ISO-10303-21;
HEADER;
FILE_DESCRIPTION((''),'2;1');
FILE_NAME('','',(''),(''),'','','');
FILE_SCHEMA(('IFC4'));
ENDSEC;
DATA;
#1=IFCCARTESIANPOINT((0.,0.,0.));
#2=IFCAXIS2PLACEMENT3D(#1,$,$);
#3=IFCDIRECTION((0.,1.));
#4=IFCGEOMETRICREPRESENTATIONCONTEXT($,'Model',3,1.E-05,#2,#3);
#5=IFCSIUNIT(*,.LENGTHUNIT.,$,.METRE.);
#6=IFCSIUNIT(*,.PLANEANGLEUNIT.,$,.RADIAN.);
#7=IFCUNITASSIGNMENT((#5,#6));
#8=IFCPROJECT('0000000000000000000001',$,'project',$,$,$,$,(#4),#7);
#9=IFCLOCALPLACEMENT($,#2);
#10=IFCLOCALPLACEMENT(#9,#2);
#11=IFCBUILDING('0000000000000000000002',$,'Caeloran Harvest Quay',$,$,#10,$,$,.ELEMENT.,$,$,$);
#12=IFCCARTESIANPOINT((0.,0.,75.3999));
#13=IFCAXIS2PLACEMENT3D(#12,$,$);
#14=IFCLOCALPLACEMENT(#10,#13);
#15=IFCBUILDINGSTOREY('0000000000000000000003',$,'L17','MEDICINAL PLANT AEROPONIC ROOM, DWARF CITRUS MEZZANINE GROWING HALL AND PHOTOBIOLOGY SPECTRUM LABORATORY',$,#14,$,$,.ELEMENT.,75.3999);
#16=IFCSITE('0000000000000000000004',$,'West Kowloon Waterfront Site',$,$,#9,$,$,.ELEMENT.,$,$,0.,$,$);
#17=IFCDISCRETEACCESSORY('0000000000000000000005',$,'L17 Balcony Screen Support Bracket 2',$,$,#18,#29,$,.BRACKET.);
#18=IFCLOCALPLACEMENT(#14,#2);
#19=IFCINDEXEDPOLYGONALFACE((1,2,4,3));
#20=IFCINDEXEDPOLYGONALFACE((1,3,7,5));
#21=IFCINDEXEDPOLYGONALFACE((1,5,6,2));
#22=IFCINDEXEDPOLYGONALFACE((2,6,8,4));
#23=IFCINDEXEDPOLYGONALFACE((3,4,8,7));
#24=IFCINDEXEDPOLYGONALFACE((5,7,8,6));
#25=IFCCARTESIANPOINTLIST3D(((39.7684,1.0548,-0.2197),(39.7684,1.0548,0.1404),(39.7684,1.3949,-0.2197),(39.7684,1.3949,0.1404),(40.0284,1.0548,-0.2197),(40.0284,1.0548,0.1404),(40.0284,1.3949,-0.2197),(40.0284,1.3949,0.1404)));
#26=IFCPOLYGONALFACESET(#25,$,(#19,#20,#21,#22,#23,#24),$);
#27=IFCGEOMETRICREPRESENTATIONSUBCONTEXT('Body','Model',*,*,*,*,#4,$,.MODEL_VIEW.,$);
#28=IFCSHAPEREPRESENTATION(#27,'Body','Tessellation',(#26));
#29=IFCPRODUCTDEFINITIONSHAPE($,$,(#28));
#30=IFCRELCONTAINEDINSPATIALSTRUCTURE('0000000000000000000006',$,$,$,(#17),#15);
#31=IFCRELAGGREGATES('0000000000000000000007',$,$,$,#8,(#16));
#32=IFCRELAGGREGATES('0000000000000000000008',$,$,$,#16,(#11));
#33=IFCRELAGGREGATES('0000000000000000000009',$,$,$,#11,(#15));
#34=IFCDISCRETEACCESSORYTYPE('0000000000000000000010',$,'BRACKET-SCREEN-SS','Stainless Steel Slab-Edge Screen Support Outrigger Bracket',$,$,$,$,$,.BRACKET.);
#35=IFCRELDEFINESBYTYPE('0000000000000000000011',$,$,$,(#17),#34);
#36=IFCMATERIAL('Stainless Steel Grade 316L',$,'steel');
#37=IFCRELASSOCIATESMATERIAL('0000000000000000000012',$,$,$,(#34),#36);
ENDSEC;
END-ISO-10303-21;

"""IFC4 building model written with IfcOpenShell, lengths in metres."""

from ifc_helpers import new_model, si_unit, direction, frame, origin, origin_2d, place, context, subcontext, project, spatial, rectangle, extrude, material, type_object, element, save


model = new_model("IFC4")

# Units and contexts
model_context = context("Model", 3, precision=1e-05, world=origin(), true_north=direction((0.0, 1.0)))
body_context = subcontext(model_context, "Body", "Model", "MODEL_VIEW")
ifc_project = project(units=[si_unit("LENGTHUNIT", "METRE"), si_unit("PLANEANGLEUNIT", "RADIAN")], contexts=[model_context])

# Site, building, storey
site_placement = place(None, origin())
site = spatial("IfcSite", under=ifc_project, at=site_placement, Name="West Kowloon Waterfront Site", CompositionType="ELEMENT", RefElevation=0.0)
building_placement = place(site_placement, origin())
building = spatial("IfcBuilding", under=site, at=building_placement, Name="Caeloran Harvest Quay", CompositionType="ELEMENT")
storey_placement = place(building_placement, frame((0.0, 0.0, 75.3999)))
storey = spatial("IfcBuildingStorey", under=building, at=storey_placement, Name="L17", Description="MEDICINAL PLANT AEROPONIC ROOM, DWARF CITRUS MEZZANINE GROWING HALL AND PHOTOBIOLOGY SPECTRUM LABORATORY", CompositionType="ELEMENT", Elevation=75.3999)

# Discrete accessory
ifc_material_1 = material(Name="Stainless Steel Grade 316L", Category="steel")
discrete_accessory_type = type_object("IfcDiscreteAccessoryType", Name="BRACKET-SCREEN-SS", Description="Stainless Steel Slab-Edge Screen Support Outrigger Bracket", PredefinedType="BRACKET", material=ifc_material_1)
for number, where, z_axis, x_axis, name in (
    (1, (39.8984, 1.2249, -0.2197), (0.0, 0.0, 1.0), (1.0, 0.0, 0.0), "L17 Balcony Screen Support Bracket 2"),
):
    element("IfcDiscreteAccessory", number, at=place(storey_placement, frame(where, z_axis=z_axis, x_axis=x_axis)), inside=storey, type_object=discrete_accessory_type, Name=name, PredefinedType="BRACKET", context=body_context, shape_type="SweptSolid", body=[
        extrude(rectangle(XDim=0.26, YDim=0.3401, at=origin_2d()), origin(), (0.0, 0.0, 1.0), 0.3601),
    ])

save(model, "model.ifc")
